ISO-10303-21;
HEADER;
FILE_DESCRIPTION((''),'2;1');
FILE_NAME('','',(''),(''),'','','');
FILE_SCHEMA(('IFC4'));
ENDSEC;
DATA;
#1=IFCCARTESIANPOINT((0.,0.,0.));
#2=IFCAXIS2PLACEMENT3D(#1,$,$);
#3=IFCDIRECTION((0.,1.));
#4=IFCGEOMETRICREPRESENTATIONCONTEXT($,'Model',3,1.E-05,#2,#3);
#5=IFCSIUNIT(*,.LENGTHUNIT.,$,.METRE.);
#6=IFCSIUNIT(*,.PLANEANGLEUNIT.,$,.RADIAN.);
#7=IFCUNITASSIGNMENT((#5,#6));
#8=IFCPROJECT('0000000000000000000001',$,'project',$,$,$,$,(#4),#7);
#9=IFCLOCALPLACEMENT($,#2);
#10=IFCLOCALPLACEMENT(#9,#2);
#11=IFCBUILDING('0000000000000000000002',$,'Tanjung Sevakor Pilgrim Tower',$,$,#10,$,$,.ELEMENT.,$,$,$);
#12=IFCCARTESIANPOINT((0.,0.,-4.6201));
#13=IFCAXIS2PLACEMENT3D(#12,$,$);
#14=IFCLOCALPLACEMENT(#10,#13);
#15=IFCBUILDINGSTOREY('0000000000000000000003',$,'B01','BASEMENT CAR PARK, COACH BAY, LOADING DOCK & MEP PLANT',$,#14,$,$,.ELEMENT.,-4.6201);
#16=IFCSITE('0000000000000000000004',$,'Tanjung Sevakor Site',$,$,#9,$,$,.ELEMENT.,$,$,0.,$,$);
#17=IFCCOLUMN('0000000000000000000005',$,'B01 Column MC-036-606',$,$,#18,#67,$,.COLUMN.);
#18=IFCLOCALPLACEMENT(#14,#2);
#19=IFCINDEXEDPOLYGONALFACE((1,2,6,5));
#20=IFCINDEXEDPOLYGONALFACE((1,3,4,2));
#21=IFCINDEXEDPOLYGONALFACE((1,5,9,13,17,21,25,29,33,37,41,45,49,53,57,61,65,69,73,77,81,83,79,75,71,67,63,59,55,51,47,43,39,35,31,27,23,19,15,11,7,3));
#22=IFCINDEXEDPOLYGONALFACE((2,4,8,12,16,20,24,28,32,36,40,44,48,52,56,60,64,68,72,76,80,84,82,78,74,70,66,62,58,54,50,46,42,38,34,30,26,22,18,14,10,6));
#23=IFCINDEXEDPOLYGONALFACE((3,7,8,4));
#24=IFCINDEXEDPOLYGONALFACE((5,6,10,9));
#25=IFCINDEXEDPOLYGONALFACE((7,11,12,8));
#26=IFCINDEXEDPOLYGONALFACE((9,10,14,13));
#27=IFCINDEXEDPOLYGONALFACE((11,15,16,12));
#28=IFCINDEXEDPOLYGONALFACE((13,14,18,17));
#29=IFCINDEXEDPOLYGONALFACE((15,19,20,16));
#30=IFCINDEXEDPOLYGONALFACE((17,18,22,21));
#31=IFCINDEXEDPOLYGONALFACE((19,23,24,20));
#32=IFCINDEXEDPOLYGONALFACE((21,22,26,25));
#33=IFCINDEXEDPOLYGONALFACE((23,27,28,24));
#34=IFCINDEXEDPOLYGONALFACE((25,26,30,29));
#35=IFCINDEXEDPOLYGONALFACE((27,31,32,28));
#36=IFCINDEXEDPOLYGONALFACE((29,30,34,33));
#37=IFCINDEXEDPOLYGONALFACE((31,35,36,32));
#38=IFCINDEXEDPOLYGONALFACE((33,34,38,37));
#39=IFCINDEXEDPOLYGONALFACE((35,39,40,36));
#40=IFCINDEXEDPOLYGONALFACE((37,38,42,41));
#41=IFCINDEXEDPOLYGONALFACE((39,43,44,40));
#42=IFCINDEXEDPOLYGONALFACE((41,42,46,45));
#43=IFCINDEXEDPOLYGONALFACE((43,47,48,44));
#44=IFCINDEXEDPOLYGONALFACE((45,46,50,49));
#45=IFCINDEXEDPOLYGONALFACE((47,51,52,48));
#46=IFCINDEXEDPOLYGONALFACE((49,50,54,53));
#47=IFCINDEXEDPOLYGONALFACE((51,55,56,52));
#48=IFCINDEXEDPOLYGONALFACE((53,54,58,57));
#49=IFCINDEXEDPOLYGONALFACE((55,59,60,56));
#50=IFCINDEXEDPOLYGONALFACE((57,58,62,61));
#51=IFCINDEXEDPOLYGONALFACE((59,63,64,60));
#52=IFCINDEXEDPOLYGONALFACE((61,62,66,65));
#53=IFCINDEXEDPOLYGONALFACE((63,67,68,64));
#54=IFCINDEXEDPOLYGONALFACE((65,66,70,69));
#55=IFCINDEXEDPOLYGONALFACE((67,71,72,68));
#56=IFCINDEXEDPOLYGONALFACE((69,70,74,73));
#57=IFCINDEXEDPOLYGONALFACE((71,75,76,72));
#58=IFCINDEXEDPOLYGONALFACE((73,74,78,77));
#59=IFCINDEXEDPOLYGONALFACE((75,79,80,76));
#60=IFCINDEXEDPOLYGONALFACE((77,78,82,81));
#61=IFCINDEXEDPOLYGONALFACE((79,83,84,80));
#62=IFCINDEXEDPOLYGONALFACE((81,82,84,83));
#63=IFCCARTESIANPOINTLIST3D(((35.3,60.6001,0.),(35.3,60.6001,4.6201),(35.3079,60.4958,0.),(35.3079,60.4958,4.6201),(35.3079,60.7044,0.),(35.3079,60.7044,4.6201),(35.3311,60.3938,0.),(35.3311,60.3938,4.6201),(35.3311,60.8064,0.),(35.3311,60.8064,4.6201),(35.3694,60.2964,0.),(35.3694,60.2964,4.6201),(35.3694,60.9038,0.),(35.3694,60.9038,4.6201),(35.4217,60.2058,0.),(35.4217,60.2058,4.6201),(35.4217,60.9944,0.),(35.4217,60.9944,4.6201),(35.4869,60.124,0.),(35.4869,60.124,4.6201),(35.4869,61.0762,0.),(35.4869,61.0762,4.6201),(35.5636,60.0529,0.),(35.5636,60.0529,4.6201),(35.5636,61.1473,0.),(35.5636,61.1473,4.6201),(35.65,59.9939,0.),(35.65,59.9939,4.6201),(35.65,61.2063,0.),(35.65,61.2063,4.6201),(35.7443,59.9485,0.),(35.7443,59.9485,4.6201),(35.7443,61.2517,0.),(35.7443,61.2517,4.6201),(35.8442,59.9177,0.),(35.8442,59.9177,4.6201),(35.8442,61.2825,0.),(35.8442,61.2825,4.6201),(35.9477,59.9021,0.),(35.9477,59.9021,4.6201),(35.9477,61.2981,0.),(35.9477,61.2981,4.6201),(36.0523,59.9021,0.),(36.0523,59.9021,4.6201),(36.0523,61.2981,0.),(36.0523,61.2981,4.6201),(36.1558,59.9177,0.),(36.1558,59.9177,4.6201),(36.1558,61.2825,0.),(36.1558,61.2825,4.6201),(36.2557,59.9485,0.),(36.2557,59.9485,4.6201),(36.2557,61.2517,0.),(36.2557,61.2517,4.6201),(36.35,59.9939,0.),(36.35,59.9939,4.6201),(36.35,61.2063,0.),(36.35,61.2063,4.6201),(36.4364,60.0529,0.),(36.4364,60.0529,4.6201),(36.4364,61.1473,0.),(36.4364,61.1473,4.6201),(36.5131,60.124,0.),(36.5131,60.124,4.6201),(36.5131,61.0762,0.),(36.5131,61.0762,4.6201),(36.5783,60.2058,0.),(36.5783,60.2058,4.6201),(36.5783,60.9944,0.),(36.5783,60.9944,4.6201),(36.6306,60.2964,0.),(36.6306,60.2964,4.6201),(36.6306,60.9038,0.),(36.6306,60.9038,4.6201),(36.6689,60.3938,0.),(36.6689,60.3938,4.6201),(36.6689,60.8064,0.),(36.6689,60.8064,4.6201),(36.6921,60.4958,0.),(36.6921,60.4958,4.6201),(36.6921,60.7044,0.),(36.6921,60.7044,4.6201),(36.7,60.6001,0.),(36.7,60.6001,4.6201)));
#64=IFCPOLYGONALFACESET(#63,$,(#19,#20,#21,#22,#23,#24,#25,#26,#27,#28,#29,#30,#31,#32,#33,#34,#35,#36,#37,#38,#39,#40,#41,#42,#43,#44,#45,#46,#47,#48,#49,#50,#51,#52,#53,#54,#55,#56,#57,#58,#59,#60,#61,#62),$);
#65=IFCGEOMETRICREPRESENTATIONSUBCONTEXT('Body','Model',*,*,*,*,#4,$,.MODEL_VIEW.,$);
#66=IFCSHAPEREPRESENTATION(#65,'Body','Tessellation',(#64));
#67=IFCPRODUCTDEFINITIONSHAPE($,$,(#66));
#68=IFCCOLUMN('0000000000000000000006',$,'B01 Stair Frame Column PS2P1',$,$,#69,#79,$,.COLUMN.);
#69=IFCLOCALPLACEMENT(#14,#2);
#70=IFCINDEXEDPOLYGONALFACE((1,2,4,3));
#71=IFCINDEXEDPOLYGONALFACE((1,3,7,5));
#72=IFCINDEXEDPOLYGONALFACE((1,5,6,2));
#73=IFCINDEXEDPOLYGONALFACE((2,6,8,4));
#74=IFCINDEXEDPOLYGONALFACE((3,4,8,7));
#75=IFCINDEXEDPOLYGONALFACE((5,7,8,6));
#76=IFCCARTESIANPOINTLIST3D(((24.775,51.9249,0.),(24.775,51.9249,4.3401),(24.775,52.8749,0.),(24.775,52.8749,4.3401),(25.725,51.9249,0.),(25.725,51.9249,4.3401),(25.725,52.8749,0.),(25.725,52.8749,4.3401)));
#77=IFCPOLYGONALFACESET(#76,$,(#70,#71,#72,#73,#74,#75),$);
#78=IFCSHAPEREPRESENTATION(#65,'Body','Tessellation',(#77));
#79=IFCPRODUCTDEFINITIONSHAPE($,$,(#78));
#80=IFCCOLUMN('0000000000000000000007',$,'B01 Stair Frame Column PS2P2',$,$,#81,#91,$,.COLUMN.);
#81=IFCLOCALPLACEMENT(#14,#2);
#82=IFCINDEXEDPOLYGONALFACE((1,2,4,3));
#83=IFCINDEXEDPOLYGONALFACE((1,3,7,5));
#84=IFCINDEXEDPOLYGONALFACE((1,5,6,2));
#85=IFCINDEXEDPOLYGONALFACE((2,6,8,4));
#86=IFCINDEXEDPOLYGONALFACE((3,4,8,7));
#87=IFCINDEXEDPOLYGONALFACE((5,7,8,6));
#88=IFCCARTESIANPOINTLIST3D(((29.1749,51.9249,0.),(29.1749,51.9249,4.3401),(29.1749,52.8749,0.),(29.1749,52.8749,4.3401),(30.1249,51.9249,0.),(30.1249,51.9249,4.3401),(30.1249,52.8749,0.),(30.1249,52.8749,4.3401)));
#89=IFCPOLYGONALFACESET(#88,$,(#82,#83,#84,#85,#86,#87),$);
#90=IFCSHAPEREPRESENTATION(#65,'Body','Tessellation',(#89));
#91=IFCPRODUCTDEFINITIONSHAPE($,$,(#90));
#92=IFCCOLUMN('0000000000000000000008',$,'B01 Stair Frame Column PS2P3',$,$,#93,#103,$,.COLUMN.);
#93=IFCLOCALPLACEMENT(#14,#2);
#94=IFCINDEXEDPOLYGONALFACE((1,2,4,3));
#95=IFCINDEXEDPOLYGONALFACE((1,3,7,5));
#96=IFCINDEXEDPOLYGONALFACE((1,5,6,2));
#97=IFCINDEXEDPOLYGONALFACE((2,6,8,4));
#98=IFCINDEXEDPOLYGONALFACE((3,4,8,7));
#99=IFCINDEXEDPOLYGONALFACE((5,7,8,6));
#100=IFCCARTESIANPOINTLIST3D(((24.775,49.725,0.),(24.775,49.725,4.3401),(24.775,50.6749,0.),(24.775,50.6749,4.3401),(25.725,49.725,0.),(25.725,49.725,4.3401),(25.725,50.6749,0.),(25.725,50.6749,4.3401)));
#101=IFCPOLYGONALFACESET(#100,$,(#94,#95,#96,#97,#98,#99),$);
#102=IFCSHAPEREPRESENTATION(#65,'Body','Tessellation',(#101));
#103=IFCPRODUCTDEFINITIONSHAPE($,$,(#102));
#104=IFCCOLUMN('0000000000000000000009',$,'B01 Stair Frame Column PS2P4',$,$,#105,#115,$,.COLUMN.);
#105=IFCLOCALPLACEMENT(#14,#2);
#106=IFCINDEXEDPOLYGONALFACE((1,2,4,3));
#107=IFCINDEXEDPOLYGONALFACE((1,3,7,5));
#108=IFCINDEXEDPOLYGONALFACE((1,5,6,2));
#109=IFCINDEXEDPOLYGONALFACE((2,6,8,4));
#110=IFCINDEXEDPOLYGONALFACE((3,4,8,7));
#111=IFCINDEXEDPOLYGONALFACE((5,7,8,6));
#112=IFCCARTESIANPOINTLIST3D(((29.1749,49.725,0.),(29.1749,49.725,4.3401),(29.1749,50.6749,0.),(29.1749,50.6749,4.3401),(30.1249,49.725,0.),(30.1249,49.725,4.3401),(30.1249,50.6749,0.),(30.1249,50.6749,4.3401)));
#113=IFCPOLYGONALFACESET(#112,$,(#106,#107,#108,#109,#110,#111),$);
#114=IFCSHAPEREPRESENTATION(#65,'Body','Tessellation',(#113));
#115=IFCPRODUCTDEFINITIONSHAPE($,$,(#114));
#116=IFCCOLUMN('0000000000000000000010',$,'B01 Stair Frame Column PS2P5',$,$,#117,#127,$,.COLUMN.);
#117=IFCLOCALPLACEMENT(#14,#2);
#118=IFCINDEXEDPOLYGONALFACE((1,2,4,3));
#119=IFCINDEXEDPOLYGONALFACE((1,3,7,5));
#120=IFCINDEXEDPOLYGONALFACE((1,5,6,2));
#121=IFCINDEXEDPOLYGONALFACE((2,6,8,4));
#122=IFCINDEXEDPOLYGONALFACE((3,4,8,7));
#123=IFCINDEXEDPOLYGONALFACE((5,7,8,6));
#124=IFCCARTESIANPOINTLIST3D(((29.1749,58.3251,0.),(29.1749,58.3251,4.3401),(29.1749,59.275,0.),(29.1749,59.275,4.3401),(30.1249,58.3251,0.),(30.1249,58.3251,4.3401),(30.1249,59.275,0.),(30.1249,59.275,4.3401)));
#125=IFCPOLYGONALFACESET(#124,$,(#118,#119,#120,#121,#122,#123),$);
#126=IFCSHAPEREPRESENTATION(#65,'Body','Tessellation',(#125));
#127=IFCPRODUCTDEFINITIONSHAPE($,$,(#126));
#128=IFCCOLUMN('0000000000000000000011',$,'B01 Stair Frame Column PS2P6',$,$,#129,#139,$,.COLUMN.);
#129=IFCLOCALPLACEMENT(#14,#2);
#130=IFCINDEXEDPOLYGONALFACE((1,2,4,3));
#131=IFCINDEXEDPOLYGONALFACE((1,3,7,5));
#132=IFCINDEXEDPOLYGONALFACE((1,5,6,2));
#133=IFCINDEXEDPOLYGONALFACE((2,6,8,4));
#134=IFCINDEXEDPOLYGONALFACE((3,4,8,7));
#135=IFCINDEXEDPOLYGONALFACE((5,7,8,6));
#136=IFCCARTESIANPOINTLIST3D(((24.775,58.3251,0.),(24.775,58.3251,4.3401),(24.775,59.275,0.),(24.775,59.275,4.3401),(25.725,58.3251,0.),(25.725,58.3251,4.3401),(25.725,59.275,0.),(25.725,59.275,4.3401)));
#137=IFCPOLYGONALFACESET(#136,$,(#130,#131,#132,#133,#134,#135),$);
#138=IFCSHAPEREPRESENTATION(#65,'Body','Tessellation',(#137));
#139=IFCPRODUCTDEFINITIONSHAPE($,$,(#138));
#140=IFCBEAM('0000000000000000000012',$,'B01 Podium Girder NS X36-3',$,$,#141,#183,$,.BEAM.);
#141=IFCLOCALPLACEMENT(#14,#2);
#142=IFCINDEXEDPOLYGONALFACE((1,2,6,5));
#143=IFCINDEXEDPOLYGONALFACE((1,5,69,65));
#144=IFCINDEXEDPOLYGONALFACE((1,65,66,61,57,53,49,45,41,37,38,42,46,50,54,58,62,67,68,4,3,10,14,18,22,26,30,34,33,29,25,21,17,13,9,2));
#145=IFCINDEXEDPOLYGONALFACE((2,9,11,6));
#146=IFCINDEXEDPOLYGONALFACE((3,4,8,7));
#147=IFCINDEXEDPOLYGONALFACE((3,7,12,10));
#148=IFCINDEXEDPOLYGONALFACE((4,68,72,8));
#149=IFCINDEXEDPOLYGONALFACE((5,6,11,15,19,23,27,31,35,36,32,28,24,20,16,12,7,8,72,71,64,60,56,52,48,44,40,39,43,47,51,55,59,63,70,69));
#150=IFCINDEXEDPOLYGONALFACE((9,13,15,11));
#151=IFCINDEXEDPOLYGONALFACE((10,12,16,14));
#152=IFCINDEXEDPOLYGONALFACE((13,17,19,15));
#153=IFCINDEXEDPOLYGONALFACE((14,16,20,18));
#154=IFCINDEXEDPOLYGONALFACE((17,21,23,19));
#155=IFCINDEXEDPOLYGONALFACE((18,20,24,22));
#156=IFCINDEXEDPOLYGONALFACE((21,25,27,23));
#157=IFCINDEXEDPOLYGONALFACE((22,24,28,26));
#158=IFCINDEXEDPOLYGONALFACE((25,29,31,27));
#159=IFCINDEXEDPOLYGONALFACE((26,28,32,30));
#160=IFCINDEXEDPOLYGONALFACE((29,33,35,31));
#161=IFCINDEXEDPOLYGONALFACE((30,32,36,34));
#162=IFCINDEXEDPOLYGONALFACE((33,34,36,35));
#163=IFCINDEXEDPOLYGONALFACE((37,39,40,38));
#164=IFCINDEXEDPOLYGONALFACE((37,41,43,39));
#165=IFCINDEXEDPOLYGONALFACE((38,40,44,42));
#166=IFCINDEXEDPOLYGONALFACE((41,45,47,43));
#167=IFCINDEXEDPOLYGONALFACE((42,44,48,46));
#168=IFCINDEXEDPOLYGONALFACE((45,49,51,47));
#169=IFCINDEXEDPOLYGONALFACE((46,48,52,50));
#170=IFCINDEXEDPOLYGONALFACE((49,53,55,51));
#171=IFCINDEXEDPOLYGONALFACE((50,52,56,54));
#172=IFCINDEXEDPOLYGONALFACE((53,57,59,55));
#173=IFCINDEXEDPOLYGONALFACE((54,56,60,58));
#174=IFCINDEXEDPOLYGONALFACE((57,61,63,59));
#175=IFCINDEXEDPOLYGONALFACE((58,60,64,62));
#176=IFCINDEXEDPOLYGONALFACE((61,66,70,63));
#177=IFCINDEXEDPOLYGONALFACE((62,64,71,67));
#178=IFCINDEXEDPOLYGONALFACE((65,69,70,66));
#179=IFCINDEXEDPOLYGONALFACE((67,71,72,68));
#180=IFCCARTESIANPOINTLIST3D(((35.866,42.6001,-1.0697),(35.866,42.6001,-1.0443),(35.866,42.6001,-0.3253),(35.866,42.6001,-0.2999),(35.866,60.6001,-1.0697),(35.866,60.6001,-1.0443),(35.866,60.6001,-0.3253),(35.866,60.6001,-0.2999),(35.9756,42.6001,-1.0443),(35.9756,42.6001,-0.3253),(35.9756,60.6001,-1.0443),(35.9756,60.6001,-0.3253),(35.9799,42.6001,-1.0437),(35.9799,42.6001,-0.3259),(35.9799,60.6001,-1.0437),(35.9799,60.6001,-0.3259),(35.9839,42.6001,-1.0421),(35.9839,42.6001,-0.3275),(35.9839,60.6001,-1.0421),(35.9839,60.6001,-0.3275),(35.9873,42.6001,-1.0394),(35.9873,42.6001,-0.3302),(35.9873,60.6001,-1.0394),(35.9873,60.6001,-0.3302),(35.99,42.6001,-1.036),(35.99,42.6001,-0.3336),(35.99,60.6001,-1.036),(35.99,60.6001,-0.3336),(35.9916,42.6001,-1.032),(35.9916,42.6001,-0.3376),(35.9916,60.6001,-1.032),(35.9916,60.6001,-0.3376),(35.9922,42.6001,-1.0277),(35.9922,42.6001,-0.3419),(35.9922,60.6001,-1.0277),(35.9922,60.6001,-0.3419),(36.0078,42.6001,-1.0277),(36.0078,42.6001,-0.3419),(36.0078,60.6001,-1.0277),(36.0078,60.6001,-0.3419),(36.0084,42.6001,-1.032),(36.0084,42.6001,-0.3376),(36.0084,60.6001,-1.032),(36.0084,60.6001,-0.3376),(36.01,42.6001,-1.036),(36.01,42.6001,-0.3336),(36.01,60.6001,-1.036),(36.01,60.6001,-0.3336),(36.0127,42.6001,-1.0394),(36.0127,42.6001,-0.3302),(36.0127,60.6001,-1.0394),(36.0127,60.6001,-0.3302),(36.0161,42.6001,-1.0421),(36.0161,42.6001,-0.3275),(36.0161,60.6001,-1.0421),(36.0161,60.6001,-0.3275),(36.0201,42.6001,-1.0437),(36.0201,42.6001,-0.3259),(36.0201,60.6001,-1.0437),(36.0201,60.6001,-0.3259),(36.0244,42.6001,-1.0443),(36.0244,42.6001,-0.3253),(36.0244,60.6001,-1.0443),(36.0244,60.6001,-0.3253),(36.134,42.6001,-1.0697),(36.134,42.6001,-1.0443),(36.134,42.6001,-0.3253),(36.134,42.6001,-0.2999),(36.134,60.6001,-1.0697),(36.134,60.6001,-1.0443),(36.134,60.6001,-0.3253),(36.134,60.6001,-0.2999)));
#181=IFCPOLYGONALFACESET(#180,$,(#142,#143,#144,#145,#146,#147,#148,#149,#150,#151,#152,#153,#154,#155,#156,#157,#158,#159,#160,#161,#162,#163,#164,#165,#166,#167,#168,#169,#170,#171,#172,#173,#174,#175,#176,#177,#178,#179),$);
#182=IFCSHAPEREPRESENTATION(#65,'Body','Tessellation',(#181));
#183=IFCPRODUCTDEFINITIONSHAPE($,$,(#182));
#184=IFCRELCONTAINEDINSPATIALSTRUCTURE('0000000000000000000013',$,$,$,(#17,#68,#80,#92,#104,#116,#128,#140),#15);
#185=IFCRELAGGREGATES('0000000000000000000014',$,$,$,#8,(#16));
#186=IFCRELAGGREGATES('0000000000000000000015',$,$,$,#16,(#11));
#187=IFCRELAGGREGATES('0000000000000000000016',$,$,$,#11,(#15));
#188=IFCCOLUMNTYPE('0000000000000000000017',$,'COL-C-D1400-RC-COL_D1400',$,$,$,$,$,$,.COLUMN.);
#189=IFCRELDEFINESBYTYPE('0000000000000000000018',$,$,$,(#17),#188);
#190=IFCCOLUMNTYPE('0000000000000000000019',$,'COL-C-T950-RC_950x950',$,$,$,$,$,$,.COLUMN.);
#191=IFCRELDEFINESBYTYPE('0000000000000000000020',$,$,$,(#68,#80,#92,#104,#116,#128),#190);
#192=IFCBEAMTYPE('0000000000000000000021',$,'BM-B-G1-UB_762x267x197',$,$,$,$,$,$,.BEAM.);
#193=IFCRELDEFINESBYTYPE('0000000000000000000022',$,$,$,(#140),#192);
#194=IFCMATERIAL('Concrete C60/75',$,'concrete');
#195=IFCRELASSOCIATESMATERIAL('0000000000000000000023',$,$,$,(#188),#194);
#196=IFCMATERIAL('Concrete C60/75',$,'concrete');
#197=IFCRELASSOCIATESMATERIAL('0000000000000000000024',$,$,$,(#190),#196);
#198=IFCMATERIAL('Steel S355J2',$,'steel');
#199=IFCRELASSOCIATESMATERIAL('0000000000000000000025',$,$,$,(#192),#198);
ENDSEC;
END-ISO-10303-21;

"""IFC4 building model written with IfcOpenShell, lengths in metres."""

from ifc_helpers import new_model, si_unit, direction, frame, origin, origin_2d, place, context, subcontext, project, spatial, rectangle, circle, i_section, extrude, material, material_profile, profile_set, type_object, element, save


model = new_model("IFC4")

# Units and contexts
model_context = context("Model", 3, precision=1e-05, world=origin(), true_north=direction((0.0, 1.0)))
body_context = subcontext(model_context, "Body", "Model", "MODEL_VIEW")
ifc_project = project(units=[si_unit("LENGTHUNIT", "METRE"), si_unit("PLANEANGLEUNIT", "RADIAN")], contexts=[model_context])

# Site, building, storey
site_placement = place(None, origin())
site = spatial("IfcSite", under=ifc_project, at=site_placement, Name="Tanjung Sevakor Site", CompositionType="ELEMENT", RefElevation=0.0)
building_placement = place(site_placement, origin())
building = spatial("IfcBuilding", under=site, at=building_placement, Name="Tanjung Sevakor Pilgrim Tower", CompositionType="ELEMENT")
storey_placement = place(building_placement, frame((0.0, 0.0, -4.6201)))
storey = spatial("IfcBuildingStorey", under=building, at=storey_placement, Name="B01", Description="BASEMENT CAR PARK, COACH BAY, LOADING DOCK & MEP PLANT", CompositionType="ELEMENT", Elevation=-4.6201)

# Columns
ifc_material_1 = material(Name="Concrete C60/75", Category="concrete")
ifc_material_profile_1 = material_profile(ifc_material_1, circle(Radius=0.7, at=origin_2d()))
ifc_profile_set_1 = profile_set([ifc_material_profile_1], Name="Concrete C60/75")
column_type_1 = type_object("IfcColumnType", Name="COL-C-D1400-RC-COL_D1400", PredefinedType="COLUMN", material=ifc_profile_set_1)
column_placement = place(storey_placement, frame((36.0, 60.6001, 0.0), z_axis=(0.0, 0.0, 1.0), x_axis=(1.0, 0.0, 0.0)))
element("IfcColumn", 1, at=column_placement, inside=storey, type_object=column_type_1, Name="B01 Column MC-036-606", PredefinedType="COLUMN", context=body_context, shape_type="SweptSolid", body=[
    extrude(circle(Radius=0.7, at=origin_2d()), origin(), (0.0, 0.0, 1.0), 4.6201),
])
ifc_material_2 = material(Name="Concrete C60/75", Category="concrete")
ifc_material_profile_2 = material_profile(ifc_material_2, rectangle(XDim=0.95, YDim=0.95, at=origin_2d()))
ifc_profile_set_2 = profile_set([ifc_material_profile_2], Name="Concrete C60/75")
column_type_2 = type_object("IfcColumnType", Name="COL-C-T950-RC_950x950", PredefinedType="COLUMN", material=ifc_profile_set_2)
for number, where, z_axis, x_axis, name in (
    (2, (25.25, 52.3999, 0.0), (0.0, 0.0, 1.0), (1.0, 0.0, 0.0), "B01 Stair Frame Column PS2P1"),
    (3, (29.6499, 52.3999, 0.0), (0.0, 0.0, 1.0), (1.0, 0.0, 0.0), "B01 Stair Frame Column PS2P2"),
    (4, (25.25, 50.2, 0.0), (0.0, 0.0, 1.0), (1.0, 0.0, 0.0), "B01 Stair Frame Column PS2P3"),
    (5, (29.6499, 50.2, 0.0), (0.0, 0.0, 1.0), (1.0, 0.0, 0.0), "B01 Stair Frame Column PS2P4"),
    (6, (29.6499, 58.8, 0.0), (0.0, 0.0, 1.0), (1.0, 0.0, 0.0), "B01 Stair Frame Column PS2P5"),
    (7, (25.25, 58.8, 0.0), (0.0, 0.0, 1.0), (1.0, 0.0, 0.0), "B01 Stair Frame Column PS2P6"),
):
    element("IfcColumn", number, at=place(storey_placement, frame(where, z_axis=z_axis, x_axis=x_axis)), inside=storey, type_object=column_type_2, Name=name, PredefinedType="COLUMN", context=body_context, shape_type="SweptSolid", body=[
        extrude(rectangle(XDim=0.95, YDim=0.95, at=origin_2d()), origin(), (0.0, 0.0, 1.0), 4.3401),
    ])

# Beam
ifc_material_3 = material(Name="Steel S355J2", Category="steel")
ifc_material_profile_3 = material_profile(ifc_material_3, i_section(OverallWidth=0.2681, OverallDepth=0.7698, WebThickness=0.0156, FlangeThickness=0.0254, FilletRadius=0.0166, at=origin_2d()))
ifc_profile_set_3 = profile_set([ifc_material_profile_3], Name="Steel S355J2")
beam_type_1 = type_object("IfcBeamType", Name="BM-B-G1-UB_762x267x197", PredefinedType="BEAM", material=ifc_profile_set_3)
beam_placement = place(storey_placement, frame((36.0, 42.6001, -0.6848), z_axis=(0.0, 1.0, 0.0), x_axis=(-1.0, 0.0, 0.0)))
element("IfcBeam", 8, at=beam_placement, inside=storey, type_object=beam_type_1, Name="B01 Podium Girder NS X36-3", PredefinedType="BEAM", context=body_context, shape_type="SweptSolid", body=[
    extrude(i_section(OverallWidth=0.2681, OverallDepth=0.7698, WebThickness=0.0156, FlangeThickness=0.0254, FilletRadius=0.0166, at=origin_2d()), origin(), (0.0, 0.0, 1.0), 18.0),
])

save(model, "model.ifc")
